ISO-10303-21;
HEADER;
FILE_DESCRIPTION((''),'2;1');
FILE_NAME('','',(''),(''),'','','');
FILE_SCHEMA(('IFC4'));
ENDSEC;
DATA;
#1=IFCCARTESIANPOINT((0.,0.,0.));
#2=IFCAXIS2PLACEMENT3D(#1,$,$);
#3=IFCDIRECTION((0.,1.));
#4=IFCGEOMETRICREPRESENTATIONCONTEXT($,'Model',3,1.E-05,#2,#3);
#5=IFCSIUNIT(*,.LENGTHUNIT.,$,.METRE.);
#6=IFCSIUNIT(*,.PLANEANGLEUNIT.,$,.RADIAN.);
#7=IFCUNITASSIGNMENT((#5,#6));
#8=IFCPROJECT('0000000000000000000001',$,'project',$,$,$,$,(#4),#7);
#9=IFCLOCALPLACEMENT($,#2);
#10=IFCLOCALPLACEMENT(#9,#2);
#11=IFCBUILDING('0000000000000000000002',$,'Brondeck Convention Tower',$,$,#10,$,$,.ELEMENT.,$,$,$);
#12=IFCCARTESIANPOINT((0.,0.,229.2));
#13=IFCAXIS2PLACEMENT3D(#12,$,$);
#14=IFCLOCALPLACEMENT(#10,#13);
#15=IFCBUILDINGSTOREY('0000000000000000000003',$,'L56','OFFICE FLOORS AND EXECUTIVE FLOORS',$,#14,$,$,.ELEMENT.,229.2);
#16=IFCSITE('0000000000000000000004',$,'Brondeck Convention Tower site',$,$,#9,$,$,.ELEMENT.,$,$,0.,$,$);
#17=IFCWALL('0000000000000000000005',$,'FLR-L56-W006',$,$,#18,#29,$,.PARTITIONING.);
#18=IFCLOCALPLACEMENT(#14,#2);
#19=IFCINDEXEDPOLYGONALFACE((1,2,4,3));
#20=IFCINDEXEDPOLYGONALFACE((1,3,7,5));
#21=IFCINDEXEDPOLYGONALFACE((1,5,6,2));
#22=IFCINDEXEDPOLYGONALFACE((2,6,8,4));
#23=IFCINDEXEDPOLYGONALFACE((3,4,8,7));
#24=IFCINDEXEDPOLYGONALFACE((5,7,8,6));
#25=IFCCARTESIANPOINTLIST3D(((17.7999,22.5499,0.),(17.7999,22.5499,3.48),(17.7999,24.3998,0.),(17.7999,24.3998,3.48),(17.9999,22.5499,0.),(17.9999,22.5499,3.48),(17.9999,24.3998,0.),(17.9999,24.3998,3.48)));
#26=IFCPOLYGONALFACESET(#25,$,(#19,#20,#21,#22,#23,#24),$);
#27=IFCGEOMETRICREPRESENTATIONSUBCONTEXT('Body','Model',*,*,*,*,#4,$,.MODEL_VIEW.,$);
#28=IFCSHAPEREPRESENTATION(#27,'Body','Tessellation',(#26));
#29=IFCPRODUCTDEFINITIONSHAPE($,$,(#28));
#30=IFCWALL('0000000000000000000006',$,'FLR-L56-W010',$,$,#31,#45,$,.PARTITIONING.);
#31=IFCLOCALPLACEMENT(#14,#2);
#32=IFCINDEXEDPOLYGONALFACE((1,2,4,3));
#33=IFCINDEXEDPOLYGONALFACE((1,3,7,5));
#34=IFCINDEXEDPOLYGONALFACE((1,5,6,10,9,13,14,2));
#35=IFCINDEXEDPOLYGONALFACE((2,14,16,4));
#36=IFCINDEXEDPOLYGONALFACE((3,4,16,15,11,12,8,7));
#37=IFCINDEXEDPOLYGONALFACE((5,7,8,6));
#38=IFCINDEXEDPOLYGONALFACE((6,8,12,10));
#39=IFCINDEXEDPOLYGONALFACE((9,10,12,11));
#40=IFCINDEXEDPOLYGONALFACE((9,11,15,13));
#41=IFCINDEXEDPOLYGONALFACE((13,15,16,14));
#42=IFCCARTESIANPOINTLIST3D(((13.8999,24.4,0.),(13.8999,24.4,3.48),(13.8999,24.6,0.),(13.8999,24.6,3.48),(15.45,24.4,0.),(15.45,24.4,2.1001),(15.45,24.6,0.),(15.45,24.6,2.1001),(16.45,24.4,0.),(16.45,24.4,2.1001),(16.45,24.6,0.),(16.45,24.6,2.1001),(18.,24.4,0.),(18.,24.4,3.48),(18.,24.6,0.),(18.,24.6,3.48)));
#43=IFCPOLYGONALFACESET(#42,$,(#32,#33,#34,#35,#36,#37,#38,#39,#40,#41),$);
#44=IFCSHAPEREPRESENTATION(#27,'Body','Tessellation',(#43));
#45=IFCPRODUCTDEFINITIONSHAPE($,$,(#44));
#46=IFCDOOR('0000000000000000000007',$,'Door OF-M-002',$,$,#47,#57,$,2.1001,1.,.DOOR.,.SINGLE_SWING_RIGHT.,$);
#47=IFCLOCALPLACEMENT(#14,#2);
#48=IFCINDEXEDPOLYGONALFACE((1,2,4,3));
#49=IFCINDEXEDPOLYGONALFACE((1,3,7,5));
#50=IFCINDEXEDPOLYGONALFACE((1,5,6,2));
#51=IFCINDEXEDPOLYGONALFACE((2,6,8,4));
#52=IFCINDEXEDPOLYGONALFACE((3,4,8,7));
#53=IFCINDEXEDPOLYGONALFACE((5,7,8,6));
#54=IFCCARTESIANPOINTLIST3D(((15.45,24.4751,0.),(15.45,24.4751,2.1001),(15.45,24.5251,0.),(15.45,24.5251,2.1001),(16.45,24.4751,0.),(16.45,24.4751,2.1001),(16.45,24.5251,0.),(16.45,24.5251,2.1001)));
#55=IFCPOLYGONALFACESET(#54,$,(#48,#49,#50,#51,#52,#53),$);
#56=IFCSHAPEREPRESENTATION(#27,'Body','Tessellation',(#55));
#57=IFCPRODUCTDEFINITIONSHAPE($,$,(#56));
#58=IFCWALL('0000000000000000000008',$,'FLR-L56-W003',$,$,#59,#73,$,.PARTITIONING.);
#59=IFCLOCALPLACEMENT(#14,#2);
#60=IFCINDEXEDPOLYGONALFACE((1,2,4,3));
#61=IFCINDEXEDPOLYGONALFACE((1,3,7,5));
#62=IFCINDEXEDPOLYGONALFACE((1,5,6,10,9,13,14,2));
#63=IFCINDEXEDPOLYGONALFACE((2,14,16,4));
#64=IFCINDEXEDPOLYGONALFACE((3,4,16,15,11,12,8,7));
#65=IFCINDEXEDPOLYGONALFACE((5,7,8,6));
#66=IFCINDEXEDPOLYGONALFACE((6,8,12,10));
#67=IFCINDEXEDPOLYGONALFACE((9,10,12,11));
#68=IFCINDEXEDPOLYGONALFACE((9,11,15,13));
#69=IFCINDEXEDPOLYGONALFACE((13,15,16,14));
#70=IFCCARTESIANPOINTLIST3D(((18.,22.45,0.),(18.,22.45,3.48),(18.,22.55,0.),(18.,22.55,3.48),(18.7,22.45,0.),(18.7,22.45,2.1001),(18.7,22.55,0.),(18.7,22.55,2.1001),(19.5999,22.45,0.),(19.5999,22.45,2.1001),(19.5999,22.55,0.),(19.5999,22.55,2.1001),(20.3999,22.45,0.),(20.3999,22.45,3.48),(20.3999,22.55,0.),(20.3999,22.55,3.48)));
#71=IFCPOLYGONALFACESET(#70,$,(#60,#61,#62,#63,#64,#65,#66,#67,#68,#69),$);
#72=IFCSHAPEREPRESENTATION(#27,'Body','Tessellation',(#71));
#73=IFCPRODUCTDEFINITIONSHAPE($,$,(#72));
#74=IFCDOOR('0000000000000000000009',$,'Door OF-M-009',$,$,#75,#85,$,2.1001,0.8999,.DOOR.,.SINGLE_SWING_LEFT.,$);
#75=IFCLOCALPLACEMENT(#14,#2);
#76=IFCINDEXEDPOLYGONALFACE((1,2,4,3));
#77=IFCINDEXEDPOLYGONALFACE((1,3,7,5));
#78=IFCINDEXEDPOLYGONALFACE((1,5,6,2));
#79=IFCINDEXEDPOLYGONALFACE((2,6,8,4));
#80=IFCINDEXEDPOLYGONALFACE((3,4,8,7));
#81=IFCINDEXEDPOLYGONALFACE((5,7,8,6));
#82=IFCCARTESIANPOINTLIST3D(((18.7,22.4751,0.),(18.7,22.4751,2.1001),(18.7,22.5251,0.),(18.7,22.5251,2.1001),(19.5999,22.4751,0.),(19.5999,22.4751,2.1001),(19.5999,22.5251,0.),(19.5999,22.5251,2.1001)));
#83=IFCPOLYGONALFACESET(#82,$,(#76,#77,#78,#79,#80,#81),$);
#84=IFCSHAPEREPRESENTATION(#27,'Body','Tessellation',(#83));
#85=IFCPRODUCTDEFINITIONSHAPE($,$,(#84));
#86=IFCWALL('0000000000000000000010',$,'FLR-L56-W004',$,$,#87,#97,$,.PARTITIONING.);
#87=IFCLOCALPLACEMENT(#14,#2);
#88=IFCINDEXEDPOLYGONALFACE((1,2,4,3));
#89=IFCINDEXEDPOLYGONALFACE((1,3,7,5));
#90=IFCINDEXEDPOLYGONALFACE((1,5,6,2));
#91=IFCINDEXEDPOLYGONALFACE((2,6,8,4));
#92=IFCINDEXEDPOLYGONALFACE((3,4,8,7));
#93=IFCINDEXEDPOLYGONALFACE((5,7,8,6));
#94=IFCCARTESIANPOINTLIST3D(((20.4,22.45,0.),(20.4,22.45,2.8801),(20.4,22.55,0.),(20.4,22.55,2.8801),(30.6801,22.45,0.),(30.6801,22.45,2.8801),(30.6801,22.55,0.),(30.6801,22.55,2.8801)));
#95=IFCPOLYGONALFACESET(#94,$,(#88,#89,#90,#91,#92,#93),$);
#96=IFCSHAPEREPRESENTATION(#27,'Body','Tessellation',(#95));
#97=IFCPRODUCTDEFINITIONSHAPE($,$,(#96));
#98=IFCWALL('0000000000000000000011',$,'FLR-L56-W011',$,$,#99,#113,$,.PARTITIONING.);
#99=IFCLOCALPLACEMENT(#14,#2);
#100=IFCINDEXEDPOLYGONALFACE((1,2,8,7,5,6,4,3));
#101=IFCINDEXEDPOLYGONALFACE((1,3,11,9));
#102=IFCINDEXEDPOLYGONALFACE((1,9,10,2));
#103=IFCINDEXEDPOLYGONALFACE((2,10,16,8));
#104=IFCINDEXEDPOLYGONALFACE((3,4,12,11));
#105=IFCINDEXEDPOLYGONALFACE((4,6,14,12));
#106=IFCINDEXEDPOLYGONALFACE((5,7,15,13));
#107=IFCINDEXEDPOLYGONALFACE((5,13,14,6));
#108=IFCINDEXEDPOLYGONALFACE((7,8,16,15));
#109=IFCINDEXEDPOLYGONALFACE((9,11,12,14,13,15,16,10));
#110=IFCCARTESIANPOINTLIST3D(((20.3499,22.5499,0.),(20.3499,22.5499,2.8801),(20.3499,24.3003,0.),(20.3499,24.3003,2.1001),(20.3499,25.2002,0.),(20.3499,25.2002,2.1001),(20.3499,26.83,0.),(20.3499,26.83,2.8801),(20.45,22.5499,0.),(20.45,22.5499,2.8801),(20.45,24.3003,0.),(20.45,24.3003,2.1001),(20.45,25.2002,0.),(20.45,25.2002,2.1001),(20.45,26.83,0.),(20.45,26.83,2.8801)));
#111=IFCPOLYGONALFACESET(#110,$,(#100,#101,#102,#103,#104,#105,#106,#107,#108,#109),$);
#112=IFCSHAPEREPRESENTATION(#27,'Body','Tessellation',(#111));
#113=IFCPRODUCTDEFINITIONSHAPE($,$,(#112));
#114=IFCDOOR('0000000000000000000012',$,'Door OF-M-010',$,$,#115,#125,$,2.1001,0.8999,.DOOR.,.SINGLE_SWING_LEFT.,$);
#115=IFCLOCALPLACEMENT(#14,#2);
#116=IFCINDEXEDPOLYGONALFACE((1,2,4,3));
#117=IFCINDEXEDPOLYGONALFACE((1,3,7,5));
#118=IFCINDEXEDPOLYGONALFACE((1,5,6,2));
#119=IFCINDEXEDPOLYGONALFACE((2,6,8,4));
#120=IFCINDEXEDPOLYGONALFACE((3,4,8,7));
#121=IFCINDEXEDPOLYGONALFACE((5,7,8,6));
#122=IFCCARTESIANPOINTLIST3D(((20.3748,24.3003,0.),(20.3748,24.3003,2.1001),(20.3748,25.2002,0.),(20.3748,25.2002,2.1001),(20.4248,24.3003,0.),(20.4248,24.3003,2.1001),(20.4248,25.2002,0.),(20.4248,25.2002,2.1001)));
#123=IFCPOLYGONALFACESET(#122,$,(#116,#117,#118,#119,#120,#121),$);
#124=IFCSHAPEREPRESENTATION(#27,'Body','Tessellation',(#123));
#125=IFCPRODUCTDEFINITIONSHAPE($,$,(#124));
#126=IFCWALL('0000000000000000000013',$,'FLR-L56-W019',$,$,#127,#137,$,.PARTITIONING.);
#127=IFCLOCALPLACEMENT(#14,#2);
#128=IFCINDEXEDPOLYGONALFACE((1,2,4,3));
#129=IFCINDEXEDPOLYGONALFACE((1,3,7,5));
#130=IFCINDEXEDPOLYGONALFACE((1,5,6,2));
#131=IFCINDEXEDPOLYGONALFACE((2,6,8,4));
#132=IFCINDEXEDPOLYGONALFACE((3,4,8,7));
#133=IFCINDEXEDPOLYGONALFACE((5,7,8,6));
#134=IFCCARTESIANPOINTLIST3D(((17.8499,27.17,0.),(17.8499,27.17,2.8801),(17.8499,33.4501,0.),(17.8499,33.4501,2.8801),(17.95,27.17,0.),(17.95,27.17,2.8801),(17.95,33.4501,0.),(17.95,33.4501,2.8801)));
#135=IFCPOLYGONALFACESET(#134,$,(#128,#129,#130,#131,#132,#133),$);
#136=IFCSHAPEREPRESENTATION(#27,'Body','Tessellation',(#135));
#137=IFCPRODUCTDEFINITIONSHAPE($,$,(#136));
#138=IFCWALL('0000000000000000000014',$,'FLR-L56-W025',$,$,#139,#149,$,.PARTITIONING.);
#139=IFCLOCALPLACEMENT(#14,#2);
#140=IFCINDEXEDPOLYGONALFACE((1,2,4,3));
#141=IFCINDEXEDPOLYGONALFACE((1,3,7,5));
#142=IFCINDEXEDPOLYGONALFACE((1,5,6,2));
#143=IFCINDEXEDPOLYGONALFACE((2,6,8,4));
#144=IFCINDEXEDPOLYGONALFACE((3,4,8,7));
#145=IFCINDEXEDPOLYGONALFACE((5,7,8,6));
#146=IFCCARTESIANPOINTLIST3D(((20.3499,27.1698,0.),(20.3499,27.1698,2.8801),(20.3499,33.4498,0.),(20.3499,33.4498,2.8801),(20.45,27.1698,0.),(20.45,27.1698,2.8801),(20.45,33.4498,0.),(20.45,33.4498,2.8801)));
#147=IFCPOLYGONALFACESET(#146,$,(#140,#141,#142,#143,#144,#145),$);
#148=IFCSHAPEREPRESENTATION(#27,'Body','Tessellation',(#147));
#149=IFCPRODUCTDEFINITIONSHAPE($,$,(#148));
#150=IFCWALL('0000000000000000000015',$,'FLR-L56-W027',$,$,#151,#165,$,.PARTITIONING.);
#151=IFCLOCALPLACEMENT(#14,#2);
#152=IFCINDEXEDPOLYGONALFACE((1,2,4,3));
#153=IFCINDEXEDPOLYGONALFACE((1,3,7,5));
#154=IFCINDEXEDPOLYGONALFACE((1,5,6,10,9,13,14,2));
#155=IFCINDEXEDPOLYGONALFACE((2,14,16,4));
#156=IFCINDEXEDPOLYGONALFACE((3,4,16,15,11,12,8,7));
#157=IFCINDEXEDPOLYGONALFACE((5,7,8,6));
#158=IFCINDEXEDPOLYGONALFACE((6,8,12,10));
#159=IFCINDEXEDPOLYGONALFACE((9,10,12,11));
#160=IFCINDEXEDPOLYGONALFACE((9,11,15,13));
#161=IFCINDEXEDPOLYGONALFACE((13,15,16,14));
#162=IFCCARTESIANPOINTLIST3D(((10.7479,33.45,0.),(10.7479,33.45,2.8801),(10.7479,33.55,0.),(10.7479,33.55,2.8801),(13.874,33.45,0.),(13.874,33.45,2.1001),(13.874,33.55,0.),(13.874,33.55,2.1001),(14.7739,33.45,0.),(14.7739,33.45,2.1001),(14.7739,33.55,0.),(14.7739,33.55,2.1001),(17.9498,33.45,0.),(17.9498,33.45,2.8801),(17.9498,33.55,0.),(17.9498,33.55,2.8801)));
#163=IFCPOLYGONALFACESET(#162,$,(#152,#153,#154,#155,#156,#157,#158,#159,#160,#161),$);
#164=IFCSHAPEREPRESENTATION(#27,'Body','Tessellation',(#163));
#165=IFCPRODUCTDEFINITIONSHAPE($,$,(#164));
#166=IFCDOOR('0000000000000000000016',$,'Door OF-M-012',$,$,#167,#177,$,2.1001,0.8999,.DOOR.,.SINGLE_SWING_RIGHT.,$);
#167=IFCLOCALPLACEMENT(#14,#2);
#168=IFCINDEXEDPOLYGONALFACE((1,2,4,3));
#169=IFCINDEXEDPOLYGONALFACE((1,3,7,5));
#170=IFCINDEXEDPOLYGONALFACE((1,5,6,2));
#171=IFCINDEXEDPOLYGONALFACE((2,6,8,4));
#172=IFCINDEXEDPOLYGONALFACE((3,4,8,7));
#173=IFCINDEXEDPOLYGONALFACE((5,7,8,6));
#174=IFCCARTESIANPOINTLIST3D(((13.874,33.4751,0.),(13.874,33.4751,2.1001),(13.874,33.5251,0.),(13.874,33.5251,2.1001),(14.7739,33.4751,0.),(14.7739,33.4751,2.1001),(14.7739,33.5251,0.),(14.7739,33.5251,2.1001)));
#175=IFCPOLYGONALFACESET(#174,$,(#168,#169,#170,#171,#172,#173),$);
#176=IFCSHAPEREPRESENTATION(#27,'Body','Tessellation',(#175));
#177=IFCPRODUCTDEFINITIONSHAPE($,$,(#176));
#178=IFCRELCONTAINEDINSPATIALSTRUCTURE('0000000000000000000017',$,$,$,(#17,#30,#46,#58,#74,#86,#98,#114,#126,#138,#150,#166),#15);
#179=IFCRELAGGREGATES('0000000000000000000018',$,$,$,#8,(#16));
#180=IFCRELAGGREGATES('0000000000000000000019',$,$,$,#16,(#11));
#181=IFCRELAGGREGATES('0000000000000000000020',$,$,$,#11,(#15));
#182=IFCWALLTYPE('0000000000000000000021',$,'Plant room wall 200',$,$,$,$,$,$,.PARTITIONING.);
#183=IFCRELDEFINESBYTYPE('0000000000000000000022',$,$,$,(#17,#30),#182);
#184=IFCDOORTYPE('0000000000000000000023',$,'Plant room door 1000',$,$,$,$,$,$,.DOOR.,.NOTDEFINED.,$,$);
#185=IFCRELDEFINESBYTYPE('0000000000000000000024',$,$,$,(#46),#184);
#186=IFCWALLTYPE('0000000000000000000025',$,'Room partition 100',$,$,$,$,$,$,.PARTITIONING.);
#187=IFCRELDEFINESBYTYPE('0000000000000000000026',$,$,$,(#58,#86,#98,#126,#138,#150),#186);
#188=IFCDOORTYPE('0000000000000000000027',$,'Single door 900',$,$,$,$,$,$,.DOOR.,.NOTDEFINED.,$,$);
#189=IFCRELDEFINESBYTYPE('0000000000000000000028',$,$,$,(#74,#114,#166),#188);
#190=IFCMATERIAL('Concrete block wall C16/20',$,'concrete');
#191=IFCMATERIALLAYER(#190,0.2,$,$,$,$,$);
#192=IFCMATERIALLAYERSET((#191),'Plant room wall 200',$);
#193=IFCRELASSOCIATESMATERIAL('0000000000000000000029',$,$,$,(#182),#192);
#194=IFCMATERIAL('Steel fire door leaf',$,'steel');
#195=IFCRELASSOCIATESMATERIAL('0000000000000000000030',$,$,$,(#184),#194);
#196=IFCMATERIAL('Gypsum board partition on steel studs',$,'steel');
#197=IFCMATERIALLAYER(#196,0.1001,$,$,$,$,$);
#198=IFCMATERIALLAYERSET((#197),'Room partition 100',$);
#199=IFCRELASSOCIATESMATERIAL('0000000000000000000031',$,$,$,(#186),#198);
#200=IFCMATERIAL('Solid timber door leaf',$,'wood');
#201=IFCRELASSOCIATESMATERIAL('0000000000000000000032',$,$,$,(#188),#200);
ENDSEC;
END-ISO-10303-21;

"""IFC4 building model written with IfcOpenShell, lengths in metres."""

from ifc_helpers import new_model, si_unit, direction, frame, frame_2d, origin, place, context, subcontext, project, spatial, rectangle, extrude, material, layer, layer_set, type_object, element, fill, save


model = new_model("IFC4")

# Units and contexts
model_context = context("Model", 3, precision=1e-05, world=origin(), true_north=direction((0.0, 1.0)))
body_context = subcontext(model_context, "Body", "Model", "MODEL_VIEW")
ifc_project = project(units=[si_unit("LENGTHUNIT", "METRE"), si_unit("PLANEANGLEUNIT", "RADIAN")], contexts=[model_context])

# Site, building, storey
site_placement = place(None, origin())
site = spatial("IfcSite", under=ifc_project, at=site_placement, Name="Brondeck Convention Tower site", CompositionType="ELEMENT", RefElevation=0.0)
building_placement = place(site_placement, origin())
building = spatial("IfcBuilding", under=site, at=building_placement, Name="Brondeck Convention Tower", CompositionType="ELEMENT")
storey_placement = place(building_placement, frame((0.0, 0.0, 229.2)))
storey = spatial("IfcBuildingStorey", under=building, at=storey_placement, Name="L56", Description="OFFICE FLOORS AND EXECUTIVE FLOORS", CompositionType="ELEMENT", Elevation=229.2)

# Wall
ifc_material_1 = material(Name="Concrete block wall C16/20", Category="concrete")
ifc_layer_1 = layer(ifc_material_1, 0.2)
ifc_layer_set_1 = layer_set([ifc_layer_1], Name="Plant room wall 200")
wall_type_1 = type_object("IfcWallType", Name="Plant room wall 200", PredefinedType="PARTITIONING", material=ifc_layer_set_1)
wall_1_placement = place(storey_placement, frame((17.8999, 22.55, 0.0), z_axis=(0.0, 0.0, 1.0), x_axis=(0.0, 1.0, 0.0)))
element("IfcWall", 1, at=wall_1_placement, inside=storey, type_object=wall_type_1, Name="FLR-L56-W006", PredefinedType="PARTITIONING", context=body_context, shape_type="SweptSolid", body=[
    extrude(rectangle(XDim=1.8499, YDim=0.2, at=frame_2d((0.9248, 0.0))), origin(), (0.0, 0.0, 1.0), 3.48),
])

# Walls, openings, doors
wall_2_placement = place(storey_placement, frame((18.0, 24.5, 0.0), z_axis=(0.0, 0.0, 1.0), x_axis=(-1.0, 0.0, 0.0)))
wall_2 = element("IfcWall", 2, at=wall_2_placement, inside=storey, type_object=wall_type_1, Name="FLR-L56-W010", PredefinedType="PARTITIONING", context=body_context, shape_type="SweptSolid", body=[
    extrude(rectangle(XDim=4.1001, YDim=0.2, at=frame_2d((2.05, 0.0))), origin(), (0.0, 0.0, 1.0), 3.48),
])
opening_1_placement = place(wall_2_placement, frame((1.55, 0.0, 0.0)))
opening_1 = element("IfcOpeningElement", 3, at=opening_1_placement, cuts=wall_2, PredefinedType="OPENING", context=body_context, shape_type="SweptSolid", body=[
    extrude(rectangle(XDim=1.0, YDim=2.1001, at=frame_2d((0.5, 1.05))), frame((0.0, 0.1099, 0.0), z_axis=(0.0, -1.0, 0.0), x_axis=(1.0, 0.0, 0.0)), (0.0, 0.0, 1.0), 0.22),
])
ifc_material_2 = material(Name="Steel fire door leaf", Category="steel")
door_type_1 = type_object("IfcDoorType", Name="Plant room door 1000", OperationType="NOTDEFINED", PredefinedType="DOOR", material=ifc_material_2)
door_1_placement = place(opening_1_placement, origin())
door_1 = element("IfcDoor", 4, at=door_1_placement, inside=storey, type_object=door_type_1, Name="Door OF-M-002", OperationType="SINGLE_SWING_RIGHT", OverallHeight=2.1001, OverallWidth=1.0, PredefinedType="DOOR", context=body_context, shape_type="SweptSolid", body=[
    extrude(rectangle(XDim=1.0, YDim=2.1001, at=frame_2d((0.5, 1.05))), frame((0.0, 0.0249, 0.0), z_axis=(0.0, -1.0, 0.0), x_axis=(1.0, 0.0, 0.0)), (0.0, 0.0, 1.0), 0.05),
])
fill(opening_1, door_1)
ifc_material_3 = material(Name="Gypsum board partition on steel studs", Category="steel")
ifc_layer_2 = layer(ifc_material_3, 0.1001)
ifc_layer_set_2 = layer_set([ifc_layer_2], Name="Room partition 100")
wall_type_2 = type_object("IfcWallType", Name="Room partition 100", PredefinedType="PARTITIONING", material=ifc_layer_set_2)
wall_3_placement = place(storey_placement, frame((20.3999, 22.5, 0.0), z_axis=(0.0, 0.0, 1.0), x_axis=(-1.0, 0.0, 0.0)))
wall_3 = element("IfcWall", 5, at=wall_3_placement, inside=storey, type_object=wall_type_2, Name="FLR-L56-W003", PredefinedType="PARTITIONING", context=body_context, shape_type="SweptSolid", body=[
    extrude(rectangle(XDim=2.3999, YDim=0.1001, at=frame_2d((1.2, 0.0))), origin(), (0.0, 0.0, 1.0), 3.48),
])
opening_2_placement = place(wall_3_placement, frame((0.8, 0.0, 0.0)))
opening_2 = element("IfcOpeningElement", 6, at=opening_2_placement, cuts=wall_3, PredefinedType="OPENING", context=body_context, shape_type="SweptSolid", body=[
    extrude(rectangle(XDim=0.8999, YDim=2.1001, at=frame_2d((0.45, 1.05))), frame((0.0, 0.0601, 0.0), z_axis=(0.0, -1.0, 0.0), x_axis=(1.0, 0.0, 0.0)), (0.0, 0.0, 1.0), 0.1201),
])
ifc_material_4 = material(Name="Solid timber door leaf", Category="wood")
door_type_2 = type_object("IfcDoorType", Name="Single door 900", OperationType="NOTDEFINED", PredefinedType="DOOR", material=ifc_material_4)
door_2_placement = place(opening_2_placement, origin())
door_2 = element("IfcDoor", 7, at=door_2_placement, inside=storey, type_object=door_type_2, Name="Door OF-M-009", OperationType="SINGLE_SWING_LEFT", OverallHeight=2.1001, OverallWidth=0.8999, PredefinedType="DOOR", context=body_context, shape_type="SweptSolid", body=[
    extrude(rectangle(XDim=0.8999, YDim=2.1001, at=frame_2d((0.45, 1.05))), frame((0.0, 0.0249, 0.0), z_axis=(0.0, -1.0, 0.0), x_axis=(1.0, 0.0, 0.0)), (0.0, 0.0, 1.0), 0.05),
])
fill(opening_2, door_2)

# Wall
wall_4_placement = place(storey_placement, frame((20.3999, 22.5, 0.0), z_axis=(0.0, 0.0, 1.0), x_axis=(1.0, 0.0, 0.0)))
element("IfcWall", 8, at=wall_4_placement, inside=storey, type_object=wall_type_2, Name="FLR-L56-W004", PredefinedType="PARTITIONING", context=body_context, shape_type="SweptSolid", body=[
    extrude(rectangle(XDim=10.28, YDim=0.1001, at=frame_2d((5.1401, 0.0))), origin(), (0.0, 0.0, 1.0), 2.8801),
])

# Wall, opening, door
wall_5_placement = place(storey_placement, frame((20.3999, 26.8301, 0.0), z_axis=(0.0, 0.0, 1.0), x_axis=(0.0, -1.0, 0.0)))
wall_5 = element("IfcWall", 9, at=wall_5_placement, inside=storey, type_object=wall_type_2, Name="FLR-L56-W011", PredefinedType="PARTITIONING", context=body_context, shape_type="SweptSolid", body=[
    extrude(rectangle(XDim=4.28, YDim=0.1001, at=frame_2d((2.1401, 0.0))), origin(), (0.0, 0.0, 1.0), 2.8801),
])
opening_3_placement = place(wall_5_placement, frame((1.6299, 0.0, 0.0)))
opening_3 = element("IfcOpeningElement", 10, at=opening_3_placement, cuts=wall_5, PredefinedType="OPENING", context=body_context, shape_type="SweptSolid", body=[
    extrude(rectangle(XDim=0.8999, YDim=2.1001, at=frame_2d((0.45, 1.05))), frame((0.0, 0.0601, 0.0), z_axis=(0.0, -1.0, 0.0), x_axis=(1.0, 0.0, 0.0)), (0.0, 0.0, 1.0), 0.1201),
])
door_3_placement = place(opening_3_placement, origin())
door_3 = element("IfcDoor", 11, at=door_3_placement, inside=storey, type_object=door_type_2, Name="Door OF-M-010", OperationType="SINGLE_SWING_LEFT", OverallHeight=2.1001, OverallWidth=0.8999, PredefinedType="DOOR", context=body_context, shape_type="SweptSolid", body=[
    extrude(rectangle(XDim=0.8999, YDim=2.1001, at=frame_2d((0.45, 1.05))), frame((0.0, 0.0249, 0.0), z_axis=(0.0, -1.0, 0.0), x_axis=(1.0, 0.0, 0.0)), (0.0, 0.0, 1.0), 0.05),
])
fill(opening_3, door_3)

# Walls
for number, where, z_axis, x_axis, name in (
    (12, (17.8999, 27.1699, 0.0), (0.0, 0.0, 1.0), (0.0, 1.0, 0.0), "FLR-L56-W019"),
    (13, (20.3999, 33.45, 0.0), (0.0, 0.0, 1.0), (0.0, -1.0, 0.0), "FLR-L56-W025"),
):
    element("IfcWall", number, at=place(storey_placement, frame(where, z_axis=z_axis, x_axis=x_axis)), inside=storey, type_object=wall_type_2, Name=name, PredefinedType="PARTITIONING", context=body_context, shape_type="SweptSolid", body=[
        extrude(rectangle(XDim=6.28, YDim=0.1001, at=frame_2d((3.1401, 0.0))), origin(), (0.0, 0.0, 1.0), 2.8801),
    ])

# Wall, opening, door
wall_6_placement = place(storey_placement, frame((17.95, 33.5, 0.0), z_axis=(0.0, 0.0, 1.0), x_axis=(-1.0, 0.0, 0.0)))
wall_6 = element("IfcWall", 14, at=wall_6_placement, inside=storey, type_object=wall_type_2, Name="FLR-L56-W027", PredefinedType="PARTITIONING", context=body_context, shape_type="SweptSolid", body=[
    extrude(rectangle(XDim=7.2019, YDim=0.1001, at=frame_2d((3.6011, 0.0))), origin(), (0.0, 0.0, 1.0), 2.8801),
])
opening_4_placement = place(wall_6_placement, frame((3.176, 0.0, 0.0)))
opening_4 = element("IfcOpeningElement", 15, at=opening_4_placement, cuts=wall_6, PredefinedType="OPENING", context=body_context, shape_type="SweptSolid", body=[
    extrude(rectangle(XDim=0.8999, YDim=2.1001, at=frame_2d((0.45, 1.05))), frame((0.0, 0.0601, 0.0), z_axis=(0.0, -1.0, 0.0), x_axis=(1.0, 0.0, 0.0)), (0.0, 0.0, 1.0), 0.1201),
])
door_4_placement = place(opening_4_placement, origin())
door_4 = element("IfcDoor", 16, at=door_4_placement, inside=storey, type_object=door_type_2, Name="Door OF-M-012", OperationType="SINGLE_SWING_RIGHT", OverallHeight=2.1001, OverallWidth=0.8999, PredefinedType="DOOR", context=body_context, shape_type="SweptSolid", body=[
    extrude(rectangle(XDim=0.8999, YDim=2.1001, at=frame_2d((0.45, 1.05))), frame((0.0, 0.0249, 0.0), z_axis=(0.0, -1.0, 0.0), x_axis=(1.0, 0.0, 0.0)), (0.0, 0.0, 1.0), 0.05),
])
fill(opening_4, door_4)

save(model, "model.ifc")
